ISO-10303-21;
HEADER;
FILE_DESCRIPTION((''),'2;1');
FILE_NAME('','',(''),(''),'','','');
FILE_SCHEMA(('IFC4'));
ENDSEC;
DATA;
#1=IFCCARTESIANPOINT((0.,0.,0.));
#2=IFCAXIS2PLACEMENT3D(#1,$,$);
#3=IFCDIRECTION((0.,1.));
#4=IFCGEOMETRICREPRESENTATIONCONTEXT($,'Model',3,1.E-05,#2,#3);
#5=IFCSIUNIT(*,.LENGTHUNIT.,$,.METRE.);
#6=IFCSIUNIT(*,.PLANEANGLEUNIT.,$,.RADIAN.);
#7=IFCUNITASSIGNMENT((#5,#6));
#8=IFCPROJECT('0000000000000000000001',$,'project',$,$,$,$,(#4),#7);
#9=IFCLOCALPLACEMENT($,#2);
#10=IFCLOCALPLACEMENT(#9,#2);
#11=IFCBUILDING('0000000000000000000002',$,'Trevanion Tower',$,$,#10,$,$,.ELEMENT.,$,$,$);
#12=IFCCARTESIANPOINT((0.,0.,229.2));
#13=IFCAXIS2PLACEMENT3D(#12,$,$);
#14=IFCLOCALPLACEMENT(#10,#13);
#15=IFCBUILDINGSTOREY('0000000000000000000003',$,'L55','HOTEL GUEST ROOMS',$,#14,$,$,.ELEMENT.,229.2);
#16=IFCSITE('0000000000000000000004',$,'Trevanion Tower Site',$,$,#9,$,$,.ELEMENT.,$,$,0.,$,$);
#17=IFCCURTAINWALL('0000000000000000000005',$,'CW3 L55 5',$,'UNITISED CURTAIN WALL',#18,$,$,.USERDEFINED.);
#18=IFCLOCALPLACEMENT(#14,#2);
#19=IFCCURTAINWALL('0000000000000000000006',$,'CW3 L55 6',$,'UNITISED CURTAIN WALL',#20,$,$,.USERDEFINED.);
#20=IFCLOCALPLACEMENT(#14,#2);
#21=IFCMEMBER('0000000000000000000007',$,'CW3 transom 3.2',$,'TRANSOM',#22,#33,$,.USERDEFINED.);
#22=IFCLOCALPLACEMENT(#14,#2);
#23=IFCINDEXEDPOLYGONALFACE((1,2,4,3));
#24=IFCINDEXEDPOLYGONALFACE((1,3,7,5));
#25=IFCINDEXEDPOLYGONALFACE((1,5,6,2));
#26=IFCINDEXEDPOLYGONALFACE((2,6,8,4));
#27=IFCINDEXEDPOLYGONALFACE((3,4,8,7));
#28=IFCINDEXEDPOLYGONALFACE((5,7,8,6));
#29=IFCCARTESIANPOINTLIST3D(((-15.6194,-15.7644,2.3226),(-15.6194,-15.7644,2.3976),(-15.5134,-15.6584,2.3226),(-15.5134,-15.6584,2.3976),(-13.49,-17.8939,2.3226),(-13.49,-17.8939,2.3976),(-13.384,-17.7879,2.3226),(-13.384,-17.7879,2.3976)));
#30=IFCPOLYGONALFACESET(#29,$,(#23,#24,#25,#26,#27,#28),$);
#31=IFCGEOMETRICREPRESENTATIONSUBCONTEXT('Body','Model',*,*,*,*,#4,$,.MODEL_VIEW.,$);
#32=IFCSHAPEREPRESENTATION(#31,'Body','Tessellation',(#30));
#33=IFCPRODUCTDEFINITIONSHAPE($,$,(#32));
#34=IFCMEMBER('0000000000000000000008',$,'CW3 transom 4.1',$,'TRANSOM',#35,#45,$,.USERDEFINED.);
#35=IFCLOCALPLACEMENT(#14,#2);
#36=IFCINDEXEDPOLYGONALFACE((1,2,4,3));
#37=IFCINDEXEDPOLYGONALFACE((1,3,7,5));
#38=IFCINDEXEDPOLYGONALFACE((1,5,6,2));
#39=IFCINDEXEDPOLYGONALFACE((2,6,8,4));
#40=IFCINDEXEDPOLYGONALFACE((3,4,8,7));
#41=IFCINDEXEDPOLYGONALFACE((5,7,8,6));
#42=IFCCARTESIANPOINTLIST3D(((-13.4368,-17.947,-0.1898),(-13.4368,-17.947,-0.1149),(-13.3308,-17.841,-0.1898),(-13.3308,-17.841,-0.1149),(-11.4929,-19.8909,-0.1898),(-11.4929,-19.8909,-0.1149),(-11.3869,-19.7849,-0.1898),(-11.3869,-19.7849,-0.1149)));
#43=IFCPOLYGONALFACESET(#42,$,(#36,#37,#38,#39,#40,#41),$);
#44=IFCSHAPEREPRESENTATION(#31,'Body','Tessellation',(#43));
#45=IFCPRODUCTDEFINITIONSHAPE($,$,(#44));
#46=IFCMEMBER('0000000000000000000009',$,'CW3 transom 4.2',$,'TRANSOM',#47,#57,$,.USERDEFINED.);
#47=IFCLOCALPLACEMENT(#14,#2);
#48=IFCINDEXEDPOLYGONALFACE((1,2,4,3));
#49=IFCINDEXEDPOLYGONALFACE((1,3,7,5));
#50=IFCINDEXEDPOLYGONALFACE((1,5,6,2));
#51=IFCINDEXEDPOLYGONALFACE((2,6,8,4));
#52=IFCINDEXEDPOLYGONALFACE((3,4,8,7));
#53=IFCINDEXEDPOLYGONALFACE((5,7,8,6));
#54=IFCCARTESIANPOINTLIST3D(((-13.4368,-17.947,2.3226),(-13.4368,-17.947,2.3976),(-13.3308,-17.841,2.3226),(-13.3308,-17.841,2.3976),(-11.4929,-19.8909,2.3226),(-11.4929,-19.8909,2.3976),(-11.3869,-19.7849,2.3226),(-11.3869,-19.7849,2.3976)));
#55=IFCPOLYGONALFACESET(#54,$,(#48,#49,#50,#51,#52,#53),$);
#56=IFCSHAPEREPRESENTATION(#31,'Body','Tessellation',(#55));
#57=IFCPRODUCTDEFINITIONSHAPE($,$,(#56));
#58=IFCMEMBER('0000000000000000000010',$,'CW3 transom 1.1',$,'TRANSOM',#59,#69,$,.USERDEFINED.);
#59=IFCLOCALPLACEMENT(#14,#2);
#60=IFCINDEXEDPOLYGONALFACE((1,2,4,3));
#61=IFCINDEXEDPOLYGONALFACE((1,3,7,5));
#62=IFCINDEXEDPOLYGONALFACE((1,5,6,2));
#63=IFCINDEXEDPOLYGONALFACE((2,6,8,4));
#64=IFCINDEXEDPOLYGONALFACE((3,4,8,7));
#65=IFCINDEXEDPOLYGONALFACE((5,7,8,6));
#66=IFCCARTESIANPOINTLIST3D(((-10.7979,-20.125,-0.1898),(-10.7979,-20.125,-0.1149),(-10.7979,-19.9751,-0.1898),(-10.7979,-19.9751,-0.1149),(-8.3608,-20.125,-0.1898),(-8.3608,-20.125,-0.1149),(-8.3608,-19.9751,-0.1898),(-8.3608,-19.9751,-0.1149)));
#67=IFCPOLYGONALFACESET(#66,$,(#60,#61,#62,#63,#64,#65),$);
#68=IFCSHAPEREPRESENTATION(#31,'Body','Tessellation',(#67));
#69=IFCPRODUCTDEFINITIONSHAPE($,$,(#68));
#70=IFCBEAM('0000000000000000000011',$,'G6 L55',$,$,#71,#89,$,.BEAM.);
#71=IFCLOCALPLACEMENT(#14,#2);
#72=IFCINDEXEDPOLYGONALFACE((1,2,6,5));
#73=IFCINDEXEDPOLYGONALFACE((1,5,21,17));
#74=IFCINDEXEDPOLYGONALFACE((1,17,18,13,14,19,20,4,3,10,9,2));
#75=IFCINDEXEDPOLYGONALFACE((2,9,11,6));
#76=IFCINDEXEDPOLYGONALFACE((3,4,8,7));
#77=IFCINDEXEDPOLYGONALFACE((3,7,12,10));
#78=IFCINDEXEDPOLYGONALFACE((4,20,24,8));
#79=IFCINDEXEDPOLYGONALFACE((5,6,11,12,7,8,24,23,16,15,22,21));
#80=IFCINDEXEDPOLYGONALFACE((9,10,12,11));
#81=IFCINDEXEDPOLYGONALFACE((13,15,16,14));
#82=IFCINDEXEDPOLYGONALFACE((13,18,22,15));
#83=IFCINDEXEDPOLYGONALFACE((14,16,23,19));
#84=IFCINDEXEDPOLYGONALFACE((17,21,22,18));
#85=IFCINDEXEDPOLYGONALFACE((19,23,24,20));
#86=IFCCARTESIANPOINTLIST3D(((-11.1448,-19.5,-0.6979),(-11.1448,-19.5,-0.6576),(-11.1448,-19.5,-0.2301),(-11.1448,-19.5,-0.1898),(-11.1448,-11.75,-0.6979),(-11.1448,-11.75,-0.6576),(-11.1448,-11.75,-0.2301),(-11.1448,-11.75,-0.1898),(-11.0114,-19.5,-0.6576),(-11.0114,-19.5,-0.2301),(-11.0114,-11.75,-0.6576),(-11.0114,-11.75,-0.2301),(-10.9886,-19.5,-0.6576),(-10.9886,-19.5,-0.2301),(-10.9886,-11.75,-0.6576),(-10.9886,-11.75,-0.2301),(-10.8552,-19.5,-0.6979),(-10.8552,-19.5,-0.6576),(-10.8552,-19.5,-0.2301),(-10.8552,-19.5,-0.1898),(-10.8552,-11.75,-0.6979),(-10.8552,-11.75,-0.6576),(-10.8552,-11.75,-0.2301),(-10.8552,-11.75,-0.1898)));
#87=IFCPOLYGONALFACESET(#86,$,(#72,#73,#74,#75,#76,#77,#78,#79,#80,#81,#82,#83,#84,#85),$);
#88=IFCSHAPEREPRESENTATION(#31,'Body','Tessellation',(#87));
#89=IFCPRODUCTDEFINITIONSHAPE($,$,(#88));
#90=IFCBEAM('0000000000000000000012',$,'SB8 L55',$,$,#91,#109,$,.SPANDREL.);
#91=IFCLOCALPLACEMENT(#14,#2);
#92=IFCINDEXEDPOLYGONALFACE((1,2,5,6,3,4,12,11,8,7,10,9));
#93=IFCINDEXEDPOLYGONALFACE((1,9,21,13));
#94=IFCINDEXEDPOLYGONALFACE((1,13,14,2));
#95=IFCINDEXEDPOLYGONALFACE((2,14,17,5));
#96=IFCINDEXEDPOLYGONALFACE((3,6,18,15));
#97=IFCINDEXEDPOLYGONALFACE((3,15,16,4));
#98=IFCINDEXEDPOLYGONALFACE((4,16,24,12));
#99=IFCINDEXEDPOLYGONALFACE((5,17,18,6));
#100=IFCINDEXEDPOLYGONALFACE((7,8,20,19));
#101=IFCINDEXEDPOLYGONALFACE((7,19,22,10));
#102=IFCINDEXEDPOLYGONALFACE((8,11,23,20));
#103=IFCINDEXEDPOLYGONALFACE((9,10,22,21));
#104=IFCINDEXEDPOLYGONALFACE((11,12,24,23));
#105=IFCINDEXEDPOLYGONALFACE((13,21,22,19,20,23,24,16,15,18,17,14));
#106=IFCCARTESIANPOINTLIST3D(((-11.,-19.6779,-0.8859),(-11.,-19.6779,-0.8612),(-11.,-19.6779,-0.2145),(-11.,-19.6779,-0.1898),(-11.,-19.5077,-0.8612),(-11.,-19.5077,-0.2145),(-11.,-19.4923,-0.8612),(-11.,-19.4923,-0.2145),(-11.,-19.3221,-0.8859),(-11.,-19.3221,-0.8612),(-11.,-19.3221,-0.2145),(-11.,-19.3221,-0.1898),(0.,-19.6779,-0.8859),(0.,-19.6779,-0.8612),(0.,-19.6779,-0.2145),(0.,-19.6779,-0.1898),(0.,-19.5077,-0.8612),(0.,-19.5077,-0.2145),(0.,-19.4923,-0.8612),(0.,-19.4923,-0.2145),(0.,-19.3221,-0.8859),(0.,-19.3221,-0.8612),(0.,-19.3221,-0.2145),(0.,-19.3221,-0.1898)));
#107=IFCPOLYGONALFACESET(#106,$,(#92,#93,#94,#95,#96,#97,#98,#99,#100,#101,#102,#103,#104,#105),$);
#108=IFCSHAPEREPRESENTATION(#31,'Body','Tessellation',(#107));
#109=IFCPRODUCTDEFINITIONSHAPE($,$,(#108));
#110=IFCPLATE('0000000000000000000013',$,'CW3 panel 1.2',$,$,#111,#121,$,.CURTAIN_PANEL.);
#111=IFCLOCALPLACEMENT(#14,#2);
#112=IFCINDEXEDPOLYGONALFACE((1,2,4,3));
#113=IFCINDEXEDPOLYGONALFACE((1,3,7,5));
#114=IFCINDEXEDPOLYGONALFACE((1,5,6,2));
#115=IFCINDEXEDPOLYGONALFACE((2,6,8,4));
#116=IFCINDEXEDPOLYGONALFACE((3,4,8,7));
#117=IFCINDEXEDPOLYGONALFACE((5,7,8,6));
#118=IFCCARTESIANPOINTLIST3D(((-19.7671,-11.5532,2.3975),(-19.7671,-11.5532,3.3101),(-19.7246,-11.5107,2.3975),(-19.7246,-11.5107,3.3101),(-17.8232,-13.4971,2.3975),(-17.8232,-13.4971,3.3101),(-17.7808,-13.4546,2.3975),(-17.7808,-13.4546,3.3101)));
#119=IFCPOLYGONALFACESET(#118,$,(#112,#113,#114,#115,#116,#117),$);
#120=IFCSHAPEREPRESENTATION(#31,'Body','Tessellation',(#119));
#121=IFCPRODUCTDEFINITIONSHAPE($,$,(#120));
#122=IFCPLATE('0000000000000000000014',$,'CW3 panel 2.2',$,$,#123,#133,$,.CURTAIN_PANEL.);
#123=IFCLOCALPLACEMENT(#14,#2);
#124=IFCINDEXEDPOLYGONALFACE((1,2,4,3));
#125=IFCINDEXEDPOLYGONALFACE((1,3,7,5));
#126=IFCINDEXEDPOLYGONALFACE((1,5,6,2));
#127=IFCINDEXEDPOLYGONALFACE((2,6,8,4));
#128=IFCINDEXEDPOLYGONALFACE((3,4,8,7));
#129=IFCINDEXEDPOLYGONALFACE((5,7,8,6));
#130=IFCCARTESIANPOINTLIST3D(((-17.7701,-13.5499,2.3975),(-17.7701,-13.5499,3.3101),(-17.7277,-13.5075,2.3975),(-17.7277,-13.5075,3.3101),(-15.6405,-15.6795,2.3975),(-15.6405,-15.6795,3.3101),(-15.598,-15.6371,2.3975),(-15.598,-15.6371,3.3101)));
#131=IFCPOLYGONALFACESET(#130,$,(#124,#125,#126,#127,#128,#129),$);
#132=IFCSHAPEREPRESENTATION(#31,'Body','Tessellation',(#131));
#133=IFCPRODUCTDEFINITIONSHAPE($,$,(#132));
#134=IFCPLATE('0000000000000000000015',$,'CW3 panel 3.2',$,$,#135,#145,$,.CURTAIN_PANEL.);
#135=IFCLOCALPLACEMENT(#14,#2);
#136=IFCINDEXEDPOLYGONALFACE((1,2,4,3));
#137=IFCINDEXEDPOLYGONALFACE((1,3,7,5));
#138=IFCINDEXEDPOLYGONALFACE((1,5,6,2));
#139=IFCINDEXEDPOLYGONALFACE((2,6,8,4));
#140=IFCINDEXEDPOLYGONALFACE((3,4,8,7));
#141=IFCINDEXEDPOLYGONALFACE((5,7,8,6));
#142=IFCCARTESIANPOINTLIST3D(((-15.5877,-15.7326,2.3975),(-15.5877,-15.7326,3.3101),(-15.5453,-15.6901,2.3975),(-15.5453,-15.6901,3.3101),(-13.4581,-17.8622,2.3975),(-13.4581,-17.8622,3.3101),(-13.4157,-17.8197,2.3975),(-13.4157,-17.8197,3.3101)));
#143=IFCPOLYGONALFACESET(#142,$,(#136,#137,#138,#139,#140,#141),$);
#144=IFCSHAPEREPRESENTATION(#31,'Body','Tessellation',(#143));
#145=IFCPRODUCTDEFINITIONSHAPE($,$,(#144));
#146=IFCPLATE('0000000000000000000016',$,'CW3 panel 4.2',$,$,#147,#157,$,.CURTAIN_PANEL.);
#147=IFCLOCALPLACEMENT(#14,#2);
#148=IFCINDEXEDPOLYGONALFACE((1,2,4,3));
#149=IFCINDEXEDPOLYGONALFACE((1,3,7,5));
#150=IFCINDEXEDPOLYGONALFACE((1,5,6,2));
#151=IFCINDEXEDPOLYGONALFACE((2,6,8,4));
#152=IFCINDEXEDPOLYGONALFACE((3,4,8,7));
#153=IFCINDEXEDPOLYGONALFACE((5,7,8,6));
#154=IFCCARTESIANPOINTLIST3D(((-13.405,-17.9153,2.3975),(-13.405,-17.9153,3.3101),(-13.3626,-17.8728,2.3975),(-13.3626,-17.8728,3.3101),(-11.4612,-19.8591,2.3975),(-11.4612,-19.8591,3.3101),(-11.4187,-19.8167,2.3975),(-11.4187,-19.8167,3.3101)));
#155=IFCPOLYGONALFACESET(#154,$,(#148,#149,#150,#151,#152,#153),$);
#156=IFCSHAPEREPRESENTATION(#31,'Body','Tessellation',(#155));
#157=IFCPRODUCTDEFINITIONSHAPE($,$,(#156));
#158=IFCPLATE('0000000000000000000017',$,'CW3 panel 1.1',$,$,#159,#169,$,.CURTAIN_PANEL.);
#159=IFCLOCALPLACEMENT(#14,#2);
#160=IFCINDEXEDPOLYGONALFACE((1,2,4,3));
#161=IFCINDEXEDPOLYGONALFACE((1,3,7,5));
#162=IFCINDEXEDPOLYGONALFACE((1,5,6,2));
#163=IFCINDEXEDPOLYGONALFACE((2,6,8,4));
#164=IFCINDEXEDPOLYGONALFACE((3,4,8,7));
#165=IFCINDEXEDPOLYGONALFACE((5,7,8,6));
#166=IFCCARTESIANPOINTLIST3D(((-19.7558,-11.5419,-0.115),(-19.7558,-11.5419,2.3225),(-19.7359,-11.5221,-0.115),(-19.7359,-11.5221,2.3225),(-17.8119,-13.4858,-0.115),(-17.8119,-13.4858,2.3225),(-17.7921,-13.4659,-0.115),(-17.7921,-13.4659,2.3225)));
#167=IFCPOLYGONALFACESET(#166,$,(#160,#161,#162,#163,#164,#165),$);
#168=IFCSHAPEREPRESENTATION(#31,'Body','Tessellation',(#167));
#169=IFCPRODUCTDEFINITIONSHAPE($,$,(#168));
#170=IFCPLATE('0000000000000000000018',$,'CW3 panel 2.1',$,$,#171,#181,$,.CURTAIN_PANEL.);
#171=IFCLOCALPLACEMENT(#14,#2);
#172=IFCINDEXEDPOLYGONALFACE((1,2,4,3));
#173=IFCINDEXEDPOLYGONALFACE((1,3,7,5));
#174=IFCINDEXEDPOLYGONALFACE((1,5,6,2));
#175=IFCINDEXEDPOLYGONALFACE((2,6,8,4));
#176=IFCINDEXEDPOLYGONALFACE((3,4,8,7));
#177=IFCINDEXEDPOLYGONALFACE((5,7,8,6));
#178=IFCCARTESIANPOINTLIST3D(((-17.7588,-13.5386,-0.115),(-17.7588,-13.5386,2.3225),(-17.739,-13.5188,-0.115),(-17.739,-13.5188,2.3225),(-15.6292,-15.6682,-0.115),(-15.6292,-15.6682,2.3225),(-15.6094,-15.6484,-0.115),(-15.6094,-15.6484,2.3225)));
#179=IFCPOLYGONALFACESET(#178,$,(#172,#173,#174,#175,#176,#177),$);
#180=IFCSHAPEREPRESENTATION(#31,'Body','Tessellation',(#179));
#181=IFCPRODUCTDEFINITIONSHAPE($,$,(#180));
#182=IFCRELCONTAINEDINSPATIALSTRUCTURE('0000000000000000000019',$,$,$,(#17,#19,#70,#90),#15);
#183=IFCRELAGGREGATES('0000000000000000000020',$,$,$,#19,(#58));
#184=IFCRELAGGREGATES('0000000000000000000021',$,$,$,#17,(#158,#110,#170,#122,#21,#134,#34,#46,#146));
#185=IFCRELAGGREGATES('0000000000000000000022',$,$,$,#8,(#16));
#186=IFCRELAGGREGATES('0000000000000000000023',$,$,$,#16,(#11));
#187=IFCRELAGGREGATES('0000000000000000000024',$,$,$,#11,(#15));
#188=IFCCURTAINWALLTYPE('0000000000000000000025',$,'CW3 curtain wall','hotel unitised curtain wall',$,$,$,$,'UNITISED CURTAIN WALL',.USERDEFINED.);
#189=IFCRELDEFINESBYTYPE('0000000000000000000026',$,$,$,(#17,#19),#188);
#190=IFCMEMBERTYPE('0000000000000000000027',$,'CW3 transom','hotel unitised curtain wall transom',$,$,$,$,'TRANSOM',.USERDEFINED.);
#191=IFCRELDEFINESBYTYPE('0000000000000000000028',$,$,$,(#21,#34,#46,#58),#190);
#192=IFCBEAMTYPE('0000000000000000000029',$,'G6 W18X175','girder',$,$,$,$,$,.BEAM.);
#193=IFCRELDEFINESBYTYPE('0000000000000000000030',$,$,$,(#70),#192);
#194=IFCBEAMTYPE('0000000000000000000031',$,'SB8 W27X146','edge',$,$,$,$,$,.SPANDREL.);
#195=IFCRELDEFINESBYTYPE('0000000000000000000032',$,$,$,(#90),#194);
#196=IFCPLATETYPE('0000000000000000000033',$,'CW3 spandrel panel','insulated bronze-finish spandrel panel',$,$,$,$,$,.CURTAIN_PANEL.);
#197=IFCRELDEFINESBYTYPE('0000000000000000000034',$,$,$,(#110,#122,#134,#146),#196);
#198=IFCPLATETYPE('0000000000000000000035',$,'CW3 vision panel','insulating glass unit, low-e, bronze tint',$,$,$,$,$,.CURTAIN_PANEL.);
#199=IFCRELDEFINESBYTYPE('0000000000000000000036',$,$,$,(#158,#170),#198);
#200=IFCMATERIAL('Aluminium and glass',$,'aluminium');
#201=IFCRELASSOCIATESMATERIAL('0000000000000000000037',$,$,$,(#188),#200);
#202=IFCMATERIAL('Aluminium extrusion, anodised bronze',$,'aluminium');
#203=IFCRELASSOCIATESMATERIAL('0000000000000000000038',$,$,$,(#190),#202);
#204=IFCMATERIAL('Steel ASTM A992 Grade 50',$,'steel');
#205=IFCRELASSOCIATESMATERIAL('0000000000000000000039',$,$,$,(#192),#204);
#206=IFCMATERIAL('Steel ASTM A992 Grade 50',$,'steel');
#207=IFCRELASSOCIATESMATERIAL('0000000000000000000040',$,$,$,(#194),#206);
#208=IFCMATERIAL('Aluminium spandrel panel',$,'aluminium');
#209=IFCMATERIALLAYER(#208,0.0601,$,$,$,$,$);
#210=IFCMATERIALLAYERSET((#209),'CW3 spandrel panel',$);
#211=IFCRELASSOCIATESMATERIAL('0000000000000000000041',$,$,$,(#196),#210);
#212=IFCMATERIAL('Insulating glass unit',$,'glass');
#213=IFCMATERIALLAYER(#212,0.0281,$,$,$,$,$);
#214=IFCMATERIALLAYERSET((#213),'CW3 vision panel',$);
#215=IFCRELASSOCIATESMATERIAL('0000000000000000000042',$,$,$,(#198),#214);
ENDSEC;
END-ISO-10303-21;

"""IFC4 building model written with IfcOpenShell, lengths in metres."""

from ifc_helpers import new_model, si_unit, direction, frame, origin, origin_2d, place, context, subcontext, project, spatial, rectangle, i_section, extrude, material, layer, layer_set, material_profile, profile_set, type_object, element, aggregate, save


model = new_model("IFC4")

# Units and contexts
model_context = context("Model", 3, precision=1e-05, world=origin(), true_north=direction((0.0, 1.0)))
body_context = subcontext(model_context, "Body", "Model", "MODEL_VIEW")
ifc_project = project(units=[si_unit("LENGTHUNIT", "METRE"), si_unit("PLANEANGLEUNIT", "RADIAN")], contexts=[model_context])

# Site, building, storey
site_placement = place(None, origin())
site = spatial("IfcSite", under=ifc_project, at=site_placement, Name="Trevanion Tower Site", CompositionType="ELEMENT", RefElevation=0.0)
building_placement = place(site_placement, origin())
building = spatial("IfcBuilding", under=site, at=building_placement, Name="Trevanion Tower", CompositionType="ELEMENT")
storey_placement = place(building_placement, frame((0.0, 0.0, 229.2)))
storey = spatial("IfcBuildingStorey", under=building, at=storey_placement, Name="L55", Description="HOTEL GUEST ROOMS", CompositionType="ELEMENT", Elevation=229.2)

# Curtain wall
ifc_material_1 = material(Name="Aluminium and glass", Category="aluminium")
curtain_wall_type = type_object("IfcCurtainWallType", Name="CW3 curtain wall", Description="hotel unitised curtain wall", ElementType="UNITISED CURTAIN WALL", PredefinedType="USERDEFINED", material=ifc_material_1)
curtain_wall_1_placement = place(storey_placement, origin())
curtain_wall_1 = element("IfcCurtainWall", 1, at=curtain_wall_1_placement, inside=storey, type_object=curtain_wall_type, Name="CW3 L55 5", ObjectType="UNITISED CURTAIN WALL", PredefinedType="USERDEFINED")

# Curtain wall
curtain_wall_2_placement = place(storey_placement, origin())
curtain_wall_2 = element("IfcCurtainWall", 2, at=curtain_wall_2_placement, inside=storey, type_object=curtain_wall_type, Name="CW3 L55 6", ObjectType="UNITISED CURTAIN WALL", PredefinedType="USERDEFINED")

# Members
ifc_material_2 = material(Name="Aluminium extrusion, anodised bronze", Category="aluminium")
ifc_material_profile_1 = material_profile(ifc_material_2, rectangle(XDim=0.1499, YDim=0.075, at=origin_2d()), Name="CW3 transom")
ifc_profile_set_1 = profile_set([ifc_material_profile_1], Name="Aluminium extrusion, anodised bronze")
member_type_1 = type_object("IfcMemberType", Name="CW3 transom", Description="hotel unitised curtain wall transom", ElementType="TRANSOM", PredefinedType="USERDEFINED", material=ifc_profile_set_1)
member_1_placement = place(storey_placement, frame((-15.5664, -15.7114, 2.3601), z_axis=(0.707107, -0.707107, 0.0), x_axis=(0.707107, 0.707107, 0.0)))
member_1 = element("IfcMember", 3, at=member_1_placement, type_object=member_type_1, Name="CW3 transom 3.2", ObjectType="TRANSOM", PredefinedType="USERDEFINED", context=body_context, shape_type="SweptSolid", body=[
    extrude(rectangle(XDim=0.1499, YDim=0.075, at=origin_2d()), origin(), (0.0, 0.0, 1.0), 3.0115),
])
member_2_placement = place(storey_placement, frame((-13.3838, -17.894, -0.1523), z_axis=(0.707107, -0.707107, 0.0), x_axis=(0.707107, 0.707107, 0.0)))
member_2 = element("IfcMember", 4, at=member_2_placement, type_object=member_type_1, Name="CW3 transom 4.1", ObjectType="TRANSOM", PredefinedType="USERDEFINED", context=body_context, shape_type="SweptSolid", body=[
    extrude(rectangle(XDim=0.1499, YDim=0.075, at=origin_2d()), origin(), (0.0, 0.0, 1.0), 2.749),
])
member_3_placement = place(storey_placement, frame((-13.3838, -17.894, 2.3601), z_axis=(0.707107, -0.707107, 0.0), x_axis=(0.707107, 0.707107, 0.0)))
member_3 = element("IfcMember", 5, at=member_3_placement, type_object=member_type_1, Name="CW3 transom 4.2", ObjectType="TRANSOM", PredefinedType="USERDEFINED", context=body_context, shape_type="SweptSolid", body=[
    extrude(rectangle(XDim=0.1499, YDim=0.075, at=origin_2d()), origin(), (0.0, 0.0, 1.0), 2.749),
])
member_4_placement = place(storey_placement, frame((-10.7979, -20.05, -0.1523), z_axis=(1.0, 0.0, 0.0), x_axis=(0.0, 1.0, 0.0)))
member_4 = element("IfcMember", 6, at=member_4_placement, type_object=member_type_1, Name="CW3 transom 1.1", ObjectType="TRANSOM", PredefinedType="USERDEFINED", context=body_context, shape_type="SweptSolid", body=[
    extrude(rectangle(XDim=0.1499, YDim=0.075, at=origin_2d()), origin(), (0.0, 0.0, 1.0), 2.437),
])
aggregate(curtain_wall_2, [member_4])

# Beams
ifc_material_3 = material(Name="Steel ASTM A992 Grade 50", Category="steel")
ifc_material_profile_2 = material_profile(ifc_material_3, i_section(OverallWidth=0.2896, OverallDepth=0.5081, WebThickness=0.0227, FlangeThickness=0.0403, at=origin_2d()), Name="W18X175")
ifc_profile_set_2 = profile_set([ifc_material_profile_2], Name="Steel ASTM A992 Grade 50")
beam_type_1 = type_object("IfcBeamType", Name="G6 W18X175", Description="girder", PredefinedType="BEAM", material=ifc_profile_set_2)
beam_1_placement = place(storey_placement, frame((-11.0, -11.75, -0.4438), z_axis=(0.0, -1.0, 0.0), x_axis=(1.0, 0.0, 0.0)))
element("IfcBeam", 7, at=beam_1_placement, inside=storey, type_object=beam_type_1, Name="G6 L55", PredefinedType="BEAM", context=body_context, shape_type="SweptSolid", body=[
    extrude(i_section(OverallWidth=0.2896, OverallDepth=0.5081, WebThickness=0.0227, FlangeThickness=0.0403, at=origin_2d()), origin(), (0.0, 0.0, 1.0), 7.75),
])
ifc_material_4 = material(Name="Steel ASTM A992 Grade 50", Category="steel")
ifc_material_profile_3 = material_profile(ifc_material_4, i_section(OverallWidth=0.3557, OverallDepth=0.696, WebThickness=0.0154, FlangeThickness=0.0247, at=origin_2d()), Name="W27X146")
ifc_profile_set_3 = profile_set([ifc_material_profile_3], Name="Steel ASTM A992 Grade 50")
beam_type_2 = type_object("IfcBeamType", Name="SB8 W27X146", Description="edge", PredefinedType="SPANDREL", material=ifc_profile_set_3)
beam_2_placement = place(storey_placement, frame((-11.0, -19.5, -0.5378), z_axis=(1.0, 0.0, 0.0), x_axis=(0.0, 1.0, 0.0)))
element("IfcBeam", 8, at=beam_2_placement, inside=storey, type_object=beam_type_2, Name="SB8 L55", PredefinedType="SPANDREL", context=body_context, shape_type="SweptSolid", body=[
    extrude(i_section(OverallWidth=0.3557, OverallDepth=0.696, WebThickness=0.0154, FlangeThickness=0.0247, at=origin_2d()), origin(), (0.0, 0.0, 1.0), 11.0),
])

# Plates
ifc_material_5 = material(Name="Aluminium spandrel panel", Category="aluminium")
ifc_layer_1 = layer(ifc_material_5, 0.0601)
ifc_layer_set_1 = layer_set([ifc_layer_1], Name="CW3 spandrel panel")
plate_type_1 = type_object("IfcPlateType", Name="CW3 spandrel panel", Description="insulated bronze-finish spandrel panel", PredefinedType="CURTAIN_PANEL", material=ifc_layer_set_1)
plate_1_placement = place(storey_placement, frame((-18.7739, -12.5039, 2.3975), z_axis=(0.0, 0.0, 1.0), x_axis=(0.707107, -0.707107, 0.0)))
plate_1 = element("IfcPlate", 9, at=plate_1_placement, type_object=plate_type_1, Name="CW3 panel 1.2", PredefinedType="CURTAIN_PANEL", context=body_context, shape_type="SweptSolid", body=[
    extrude(rectangle(XDim=2.749, YDim=0.0601, at=origin_2d()), origin(), (0.0, 0.0, 1.0), 0.9126),
])
plate_2_placement = place(storey_placement, frame((-16.6841, -14.5935, 2.3975), z_axis=(0.0, 0.0, 1.0), x_axis=(0.707107, -0.707107, 0.0)))
plate_2 = element("IfcPlate", 10, at=plate_2_placement, type_object=plate_type_1, Name="CW3 panel 2.2", PredefinedType="CURTAIN_PANEL", context=body_context, shape_type="SweptSolid", body=[
    extrude(rectangle(XDim=3.0117, YDim=0.0601, at=origin_2d()), origin(), (0.0, 0.0, 1.0), 0.9126),
])
plate_3_placement = place(storey_placement, frame((-14.5017, -16.7761, 2.3975), z_axis=(0.0, 0.0, 1.0), x_axis=(0.707107, -0.707107, 0.0)))
plate_3 = element("IfcPlate", 11, at=plate_3_placement, type_object=plate_type_1, Name="CW3 panel 3.2", PredefinedType="CURTAIN_PANEL", context=body_context, shape_type="SweptSolid", body=[
    extrude(rectangle(XDim=3.0117, YDim=0.0601, at=origin_2d()), origin(), (0.0, 0.0, 1.0), 0.9126),
])
plate_4_placement = place(storey_placement, frame((-12.4119, -18.866, 2.3975), z_axis=(0.0, 0.0, 1.0), x_axis=(0.707107, -0.707107, 0.0)))
plate_4 = element("IfcPlate", 12, at=plate_4_placement, type_object=plate_type_1, Name="CW3 panel 4.2", PredefinedType="CURTAIN_PANEL", context=body_context, shape_type="SweptSolid", body=[
    extrude(rectangle(XDim=2.749, YDim=0.0601, at=origin_2d()), origin(), (0.0, 0.0, 1.0), 0.9126),
])
ifc_material_6 = material(Name="Insulating glass unit", Category="glass")
ifc_layer_2 = layer(ifc_material_6, 0.0281)
ifc_layer_set_2 = layer_set([ifc_layer_2], Name="CW3 vision panel")
plate_type_2 = type_object("IfcPlateType", Name="CW3 vision panel", Description="insulating glass unit, low-e, bronze tint", PredefinedType="CURTAIN_PANEL", material=ifc_layer_set_2)
plate_5_placement = place(storey_placement, frame((-18.7739, -12.5039, -0.115), z_axis=(0.0, 0.0, 1.0), x_axis=(0.707107, -0.707107, 0.0)))
plate_5 = element("IfcPlate", 13, at=plate_5_placement, type_object=plate_type_2, Name="CW3 panel 1.1", PredefinedType="CURTAIN_PANEL", context=body_context, shape_type="SweptSolid", body=[
    extrude(rectangle(XDim=2.749, YDim=0.0281, at=origin_2d()), origin(), (0.0, 0.0, 1.0), 2.4375),
])
plate_6_placement = place(storey_placement, frame((-16.6841, -14.5935, -0.115), z_axis=(0.0, 0.0, 1.0), x_axis=(0.707107, -0.707107, 0.0)))
plate_6 = element("IfcPlate", 14, at=plate_6_placement, type_object=plate_type_2, Name="CW3 panel 2.1", PredefinedType="CURTAIN_PANEL", context=body_context, shape_type="SweptSolid", body=[
    extrude(rectangle(XDim=3.0117, YDim=0.0281, at=origin_2d()), origin(), (0.0, 0.0, 1.0), 2.4375),
])
aggregate(curtain_wall_1, [plate_5, plate_1, plate_6, plate_2, member_1, plate_3, member_2, member_3, plate_4])

save(model, "model.ifc")
